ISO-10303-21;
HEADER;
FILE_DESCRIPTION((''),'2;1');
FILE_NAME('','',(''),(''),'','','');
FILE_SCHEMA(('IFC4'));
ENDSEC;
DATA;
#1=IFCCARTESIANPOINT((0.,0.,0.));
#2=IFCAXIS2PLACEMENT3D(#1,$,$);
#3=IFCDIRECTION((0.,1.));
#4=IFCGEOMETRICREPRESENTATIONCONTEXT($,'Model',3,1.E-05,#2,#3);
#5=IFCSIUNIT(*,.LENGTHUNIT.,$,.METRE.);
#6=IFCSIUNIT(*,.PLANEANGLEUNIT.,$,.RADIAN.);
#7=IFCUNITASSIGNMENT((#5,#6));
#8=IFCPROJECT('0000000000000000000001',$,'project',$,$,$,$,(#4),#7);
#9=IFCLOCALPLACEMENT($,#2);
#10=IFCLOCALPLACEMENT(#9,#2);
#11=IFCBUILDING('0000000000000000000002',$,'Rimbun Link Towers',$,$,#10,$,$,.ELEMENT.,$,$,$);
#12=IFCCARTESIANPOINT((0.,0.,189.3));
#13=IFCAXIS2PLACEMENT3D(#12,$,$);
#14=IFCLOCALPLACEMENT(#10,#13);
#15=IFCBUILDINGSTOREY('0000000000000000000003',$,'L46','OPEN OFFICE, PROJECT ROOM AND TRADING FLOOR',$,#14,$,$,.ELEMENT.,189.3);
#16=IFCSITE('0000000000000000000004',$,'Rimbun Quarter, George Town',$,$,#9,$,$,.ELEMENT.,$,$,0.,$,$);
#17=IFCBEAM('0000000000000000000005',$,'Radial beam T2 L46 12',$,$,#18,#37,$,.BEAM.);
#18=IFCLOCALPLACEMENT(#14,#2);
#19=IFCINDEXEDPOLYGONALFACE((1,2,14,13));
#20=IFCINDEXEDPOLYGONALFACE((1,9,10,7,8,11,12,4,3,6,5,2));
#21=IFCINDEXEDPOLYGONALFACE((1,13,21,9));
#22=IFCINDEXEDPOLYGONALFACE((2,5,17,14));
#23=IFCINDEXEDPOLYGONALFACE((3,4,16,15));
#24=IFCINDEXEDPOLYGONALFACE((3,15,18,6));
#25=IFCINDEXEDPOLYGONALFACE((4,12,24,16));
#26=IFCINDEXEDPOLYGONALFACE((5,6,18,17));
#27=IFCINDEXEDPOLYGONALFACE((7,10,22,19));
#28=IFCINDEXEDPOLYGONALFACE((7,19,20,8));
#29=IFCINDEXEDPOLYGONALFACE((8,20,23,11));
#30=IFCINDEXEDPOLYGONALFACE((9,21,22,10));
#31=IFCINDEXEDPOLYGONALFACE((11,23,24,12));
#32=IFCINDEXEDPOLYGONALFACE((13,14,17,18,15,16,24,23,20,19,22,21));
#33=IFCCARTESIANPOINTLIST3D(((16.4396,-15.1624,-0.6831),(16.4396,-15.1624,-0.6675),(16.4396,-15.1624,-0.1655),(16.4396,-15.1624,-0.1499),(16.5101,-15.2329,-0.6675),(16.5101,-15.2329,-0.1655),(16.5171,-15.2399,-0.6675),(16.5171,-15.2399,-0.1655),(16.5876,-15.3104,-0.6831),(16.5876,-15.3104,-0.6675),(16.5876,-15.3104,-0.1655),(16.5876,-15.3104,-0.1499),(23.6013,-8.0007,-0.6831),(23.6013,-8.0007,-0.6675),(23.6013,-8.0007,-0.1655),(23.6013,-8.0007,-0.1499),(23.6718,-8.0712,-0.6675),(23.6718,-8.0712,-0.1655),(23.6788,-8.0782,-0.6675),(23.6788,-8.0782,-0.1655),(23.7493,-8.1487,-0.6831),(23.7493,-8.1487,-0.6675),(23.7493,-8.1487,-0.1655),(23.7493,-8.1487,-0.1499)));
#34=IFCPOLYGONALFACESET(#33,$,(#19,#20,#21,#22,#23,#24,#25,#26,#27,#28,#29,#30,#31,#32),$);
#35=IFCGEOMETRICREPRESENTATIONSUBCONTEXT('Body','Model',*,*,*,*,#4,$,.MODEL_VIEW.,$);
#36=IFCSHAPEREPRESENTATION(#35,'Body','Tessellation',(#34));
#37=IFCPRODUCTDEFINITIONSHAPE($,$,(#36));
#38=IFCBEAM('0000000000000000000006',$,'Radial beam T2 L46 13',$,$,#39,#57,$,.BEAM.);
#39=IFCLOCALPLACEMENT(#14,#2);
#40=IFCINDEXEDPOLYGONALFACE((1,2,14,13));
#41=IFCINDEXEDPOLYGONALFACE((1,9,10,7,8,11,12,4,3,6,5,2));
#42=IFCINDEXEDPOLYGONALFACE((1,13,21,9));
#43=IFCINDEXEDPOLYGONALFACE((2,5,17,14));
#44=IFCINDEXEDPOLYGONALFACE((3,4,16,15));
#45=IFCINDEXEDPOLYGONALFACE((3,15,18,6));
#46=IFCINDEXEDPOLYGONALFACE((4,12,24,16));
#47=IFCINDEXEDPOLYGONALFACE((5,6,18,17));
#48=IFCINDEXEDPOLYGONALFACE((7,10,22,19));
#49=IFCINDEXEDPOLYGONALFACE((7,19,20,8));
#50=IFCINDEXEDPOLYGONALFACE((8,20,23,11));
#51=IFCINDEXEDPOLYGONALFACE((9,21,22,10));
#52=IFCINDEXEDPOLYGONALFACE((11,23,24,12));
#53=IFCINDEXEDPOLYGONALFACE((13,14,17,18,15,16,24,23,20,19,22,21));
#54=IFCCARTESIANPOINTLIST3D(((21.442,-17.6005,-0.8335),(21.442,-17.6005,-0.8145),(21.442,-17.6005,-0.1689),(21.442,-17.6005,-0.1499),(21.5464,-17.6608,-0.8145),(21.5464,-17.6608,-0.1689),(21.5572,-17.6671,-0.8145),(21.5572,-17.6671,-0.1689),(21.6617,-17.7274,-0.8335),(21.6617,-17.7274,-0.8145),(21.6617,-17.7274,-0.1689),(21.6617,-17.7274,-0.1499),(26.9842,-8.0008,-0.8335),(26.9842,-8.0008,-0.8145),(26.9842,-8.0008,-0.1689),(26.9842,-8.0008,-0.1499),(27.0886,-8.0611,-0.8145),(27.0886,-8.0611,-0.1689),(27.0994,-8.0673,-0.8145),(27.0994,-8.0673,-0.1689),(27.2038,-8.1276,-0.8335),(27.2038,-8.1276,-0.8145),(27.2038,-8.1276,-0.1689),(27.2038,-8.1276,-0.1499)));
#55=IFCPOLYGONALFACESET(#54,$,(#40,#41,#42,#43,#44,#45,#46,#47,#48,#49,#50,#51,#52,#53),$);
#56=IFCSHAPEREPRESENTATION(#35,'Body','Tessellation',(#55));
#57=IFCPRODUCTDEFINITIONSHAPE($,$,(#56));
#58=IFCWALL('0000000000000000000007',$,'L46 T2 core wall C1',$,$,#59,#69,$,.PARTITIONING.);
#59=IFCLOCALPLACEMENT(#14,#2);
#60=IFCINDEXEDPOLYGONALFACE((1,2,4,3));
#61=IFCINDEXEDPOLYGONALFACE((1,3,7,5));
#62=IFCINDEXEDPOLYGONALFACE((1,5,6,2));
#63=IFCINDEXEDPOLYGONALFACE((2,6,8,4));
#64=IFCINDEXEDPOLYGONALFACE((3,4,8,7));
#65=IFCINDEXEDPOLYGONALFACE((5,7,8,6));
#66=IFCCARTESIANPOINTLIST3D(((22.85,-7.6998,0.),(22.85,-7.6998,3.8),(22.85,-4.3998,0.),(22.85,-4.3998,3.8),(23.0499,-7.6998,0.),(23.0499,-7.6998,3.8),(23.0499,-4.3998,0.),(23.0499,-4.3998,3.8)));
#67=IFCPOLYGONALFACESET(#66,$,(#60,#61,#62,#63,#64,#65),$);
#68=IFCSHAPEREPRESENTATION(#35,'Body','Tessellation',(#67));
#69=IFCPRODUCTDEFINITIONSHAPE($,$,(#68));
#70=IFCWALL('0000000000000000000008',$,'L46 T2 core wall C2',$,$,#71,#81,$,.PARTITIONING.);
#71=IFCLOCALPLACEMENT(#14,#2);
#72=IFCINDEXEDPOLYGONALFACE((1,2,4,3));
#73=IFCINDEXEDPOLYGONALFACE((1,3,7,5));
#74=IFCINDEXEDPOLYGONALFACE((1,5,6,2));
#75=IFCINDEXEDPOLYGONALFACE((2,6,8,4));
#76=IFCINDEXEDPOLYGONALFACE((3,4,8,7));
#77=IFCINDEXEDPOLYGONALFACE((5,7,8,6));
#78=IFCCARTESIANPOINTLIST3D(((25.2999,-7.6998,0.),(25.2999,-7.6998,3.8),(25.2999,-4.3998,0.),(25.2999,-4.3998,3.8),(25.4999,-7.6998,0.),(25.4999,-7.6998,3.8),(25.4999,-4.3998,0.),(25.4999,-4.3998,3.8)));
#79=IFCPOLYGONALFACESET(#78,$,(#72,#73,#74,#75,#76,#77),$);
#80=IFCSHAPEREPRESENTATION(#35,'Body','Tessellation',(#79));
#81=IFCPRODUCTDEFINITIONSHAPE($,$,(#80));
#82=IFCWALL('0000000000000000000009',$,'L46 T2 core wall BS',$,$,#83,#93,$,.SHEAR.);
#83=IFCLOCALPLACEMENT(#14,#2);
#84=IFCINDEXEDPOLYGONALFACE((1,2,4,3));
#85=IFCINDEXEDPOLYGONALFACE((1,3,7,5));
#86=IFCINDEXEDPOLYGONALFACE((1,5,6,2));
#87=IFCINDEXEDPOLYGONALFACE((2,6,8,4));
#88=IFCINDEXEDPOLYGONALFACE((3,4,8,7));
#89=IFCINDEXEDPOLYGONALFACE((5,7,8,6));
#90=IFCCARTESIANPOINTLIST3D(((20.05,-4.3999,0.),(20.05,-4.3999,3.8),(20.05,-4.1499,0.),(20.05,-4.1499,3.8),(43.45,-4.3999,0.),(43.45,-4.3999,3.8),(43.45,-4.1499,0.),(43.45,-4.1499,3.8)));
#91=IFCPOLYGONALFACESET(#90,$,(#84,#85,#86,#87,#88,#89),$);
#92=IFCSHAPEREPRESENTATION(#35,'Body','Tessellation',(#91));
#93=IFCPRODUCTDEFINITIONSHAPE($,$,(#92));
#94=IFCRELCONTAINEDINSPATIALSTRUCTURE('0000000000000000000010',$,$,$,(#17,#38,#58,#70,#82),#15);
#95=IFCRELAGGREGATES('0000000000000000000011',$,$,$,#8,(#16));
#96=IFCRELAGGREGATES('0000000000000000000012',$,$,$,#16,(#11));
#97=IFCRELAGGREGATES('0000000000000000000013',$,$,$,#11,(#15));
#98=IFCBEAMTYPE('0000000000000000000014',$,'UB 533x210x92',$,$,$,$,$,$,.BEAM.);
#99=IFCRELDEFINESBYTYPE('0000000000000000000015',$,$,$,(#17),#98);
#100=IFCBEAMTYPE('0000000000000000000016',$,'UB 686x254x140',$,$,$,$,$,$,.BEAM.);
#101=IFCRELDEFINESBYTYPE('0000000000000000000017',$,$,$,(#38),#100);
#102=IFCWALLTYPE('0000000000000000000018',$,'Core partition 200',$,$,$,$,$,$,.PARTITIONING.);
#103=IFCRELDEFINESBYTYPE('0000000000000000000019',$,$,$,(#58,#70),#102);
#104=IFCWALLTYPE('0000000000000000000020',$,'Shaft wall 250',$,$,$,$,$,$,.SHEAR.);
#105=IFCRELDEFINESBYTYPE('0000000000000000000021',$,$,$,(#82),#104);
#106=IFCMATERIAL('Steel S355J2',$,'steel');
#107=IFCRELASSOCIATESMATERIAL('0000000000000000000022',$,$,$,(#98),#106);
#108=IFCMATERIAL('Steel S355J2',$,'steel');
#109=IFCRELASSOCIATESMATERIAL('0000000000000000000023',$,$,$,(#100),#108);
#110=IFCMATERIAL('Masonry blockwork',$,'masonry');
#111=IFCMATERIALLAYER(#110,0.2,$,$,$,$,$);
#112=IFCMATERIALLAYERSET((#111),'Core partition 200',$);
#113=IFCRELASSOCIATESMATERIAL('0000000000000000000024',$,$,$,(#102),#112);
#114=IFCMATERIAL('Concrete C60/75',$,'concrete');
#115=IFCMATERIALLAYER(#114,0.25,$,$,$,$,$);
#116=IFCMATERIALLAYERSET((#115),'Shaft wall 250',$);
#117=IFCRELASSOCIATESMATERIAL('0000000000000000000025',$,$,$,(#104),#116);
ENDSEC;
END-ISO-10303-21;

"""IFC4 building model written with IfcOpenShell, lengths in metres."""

from ifc_helpers import new_model, si_unit, direction, frame, frame_2d, origin, origin_2d, place, context, subcontext, project, spatial, rectangle, i_section, extrude, material, layer, layer_set, material_profile, profile_set, type_object, element, save


model = new_model("IFC4")

# Units and contexts
model_context = context("Model", 3, precision=1e-05, world=origin(), true_north=direction((0.0, 1.0)))
body_context = subcontext(model_context, "Body", "Model", "MODEL_VIEW")
ifc_project = project(units=[si_unit("LENGTHUNIT", "METRE"), si_unit("PLANEANGLEUNIT", "RADIAN")], contexts=[model_context])

# Site, building, storey
site_placement = place(None, origin())
site = spatial("IfcSite", under=ifc_project, at=site_placement, Name="Rimbun Quarter, George Town", CompositionType="ELEMENT", RefElevation=0.0)
building_placement = place(site_placement, origin())
building = spatial("IfcBuilding", under=site, at=building_placement, Name="Rimbun Link Towers", CompositionType="ELEMENT")
storey_placement = place(building_placement, frame((0.0, 0.0, 189.3)))
storey = spatial("IfcBuildingStorey", under=building, at=storey_placement, Name="L46", Description="OPEN OFFICE, PROJECT ROOM AND TRADING FLOOR", CompositionType="ELEMENT", Elevation=189.3)

# Beams
ifc_material_1 = material(Name="Steel S355J2", Category="steel")
ifc_material_profile_1 = material_profile(ifc_material_1, i_section(OverallWidth=0.2092, OverallDepth=0.5332, WebThickness=0.01, FlangeThickness=0.0156, at=origin_2d()), Name="UB 533x210x92")
ifc_profile_set_1 = profile_set([ifc_material_profile_1], Name="Steel S355J2")
beam_type_1 = type_object("IfcBeamType", Name="UB 533x210x92", PredefinedType="BEAM", material=ifc_profile_set_1)
beam_1_placement = place(storey_placement, frame((23.6753, -8.0747, -0.4165), z_axis=(-0.707107, -0.707107, 0.0), x_axis=(0.707107, -0.707107, 0.0)))
element("IfcBeam", 1, at=beam_1_placement, inside=storey, type_object=beam_type_1, Name="Radial beam T2 L46 12", PredefinedType="BEAM", context=body_context, shape_type="SweptSolid", body=[
    extrude(i_section(OverallWidth=0.2092, OverallDepth=0.5332, WebThickness=0.01, FlangeThickness=0.0156, at=origin_2d()), origin(), (0.0, 0.0, 1.0), 10.1282),
])
ifc_material_2 = material(Name="Steel S355J2", Category="steel")
ifc_material_profile_2 = material_profile(ifc_material_2, i_section(OverallWidth=0.2537, OverallDepth=0.6836, WebThickness=0.0125, FlangeThickness=0.019, at=origin_2d()), Name="UB 686x254x140")
ifc_profile_set_2 = profile_set([ifc_material_profile_2], Name="Steel S355J2")
beam_type_2 = type_object("IfcBeamType", Name="UB 686x254x140", PredefinedType="BEAM", material=ifc_profile_set_2)
beam_2_placement = place(storey_placement, frame((27.094, -8.0642, -0.4917), z_axis=(-0.499984, -0.866035, 0.0), x_axis=(0.866035, -0.499984, 0.0)))
element("IfcBeam", 2, at=beam_2_placement, inside=storey, type_object=beam_type_2, Name="Radial beam T2 L46 13", PredefinedType="BEAM", context=body_context, shape_type="SweptSolid", body=[
    extrude(i_section(OverallWidth=0.2537, OverallDepth=0.6836, WebThickness=0.0125, FlangeThickness=0.019, at=origin_2d()), origin(), (0.0, 0.0, 1.0), 11.0847),
])

# Walls
ifc_material_3 = material(Name="Masonry blockwork", Category="masonry")
ifc_layer_1 = layer(ifc_material_3, 0.2)
ifc_layer_set_1 = layer_set([ifc_layer_1], Name="Core partition 200")
wall_type_1 = type_object("IfcWallType", Name="Core partition 200", PredefinedType="PARTITIONING", material=ifc_layer_set_1)
for number, where, z_axis, x_axis, name in (
    (3, (22.95, -4.3999, 0.0), (0.0, 0.0, 1.0), (0.0, -1.0, 0.0), "L46 T2 core wall C1"),
    (4, (25.3999, -4.3999, 0.0), (0.0, 0.0, 1.0), (0.0, -1.0, 0.0), "L46 T2 core wall C2"),
):
    element("IfcWall", number, at=place(storey_placement, frame(where, z_axis=z_axis, x_axis=x_axis)), inside=storey, type_object=wall_type_1, Name=name, PredefinedType="PARTITIONING", context=body_context, shape_type="SweptSolid", body=[
        extrude(rectangle(XDim=3.3, YDim=0.2, at=frame_2d((1.6499, 0.0))), origin(), (0.0, 0.0, 1.0), 3.8),
    ])
ifc_material_4 = material(Name="Concrete C60/75", Category="concrete")
ifc_layer_2 = layer(ifc_material_4, 0.25)
ifc_layer_set_2 = layer_set([ifc_layer_2], Name="Shaft wall 250")
wall_type_2 = type_object("IfcWallType", Name="Shaft wall 250", PredefinedType="SHEAR", material=ifc_layer_set_2)
wall_1_placement = place(storey_placement, frame((20.05, -4.2749, 0.0), z_axis=(0.0, 0.0, 1.0), x_axis=(1.0, 0.0, 0.0)))
element("IfcWall", 5, at=wall_1_placement, inside=storey, type_object=wall_type_2, Name="L46 T2 core wall BS", PredefinedType="SHEAR", context=body_context, shape_type="SweptSolid", body=[
    extrude(rectangle(XDim=23.3999, YDim=0.25, at=frame_2d((11.7, 0.0))), origin(), (0.0, 0.0, 1.0), 3.8),
])

save(model, "model.ifc")
